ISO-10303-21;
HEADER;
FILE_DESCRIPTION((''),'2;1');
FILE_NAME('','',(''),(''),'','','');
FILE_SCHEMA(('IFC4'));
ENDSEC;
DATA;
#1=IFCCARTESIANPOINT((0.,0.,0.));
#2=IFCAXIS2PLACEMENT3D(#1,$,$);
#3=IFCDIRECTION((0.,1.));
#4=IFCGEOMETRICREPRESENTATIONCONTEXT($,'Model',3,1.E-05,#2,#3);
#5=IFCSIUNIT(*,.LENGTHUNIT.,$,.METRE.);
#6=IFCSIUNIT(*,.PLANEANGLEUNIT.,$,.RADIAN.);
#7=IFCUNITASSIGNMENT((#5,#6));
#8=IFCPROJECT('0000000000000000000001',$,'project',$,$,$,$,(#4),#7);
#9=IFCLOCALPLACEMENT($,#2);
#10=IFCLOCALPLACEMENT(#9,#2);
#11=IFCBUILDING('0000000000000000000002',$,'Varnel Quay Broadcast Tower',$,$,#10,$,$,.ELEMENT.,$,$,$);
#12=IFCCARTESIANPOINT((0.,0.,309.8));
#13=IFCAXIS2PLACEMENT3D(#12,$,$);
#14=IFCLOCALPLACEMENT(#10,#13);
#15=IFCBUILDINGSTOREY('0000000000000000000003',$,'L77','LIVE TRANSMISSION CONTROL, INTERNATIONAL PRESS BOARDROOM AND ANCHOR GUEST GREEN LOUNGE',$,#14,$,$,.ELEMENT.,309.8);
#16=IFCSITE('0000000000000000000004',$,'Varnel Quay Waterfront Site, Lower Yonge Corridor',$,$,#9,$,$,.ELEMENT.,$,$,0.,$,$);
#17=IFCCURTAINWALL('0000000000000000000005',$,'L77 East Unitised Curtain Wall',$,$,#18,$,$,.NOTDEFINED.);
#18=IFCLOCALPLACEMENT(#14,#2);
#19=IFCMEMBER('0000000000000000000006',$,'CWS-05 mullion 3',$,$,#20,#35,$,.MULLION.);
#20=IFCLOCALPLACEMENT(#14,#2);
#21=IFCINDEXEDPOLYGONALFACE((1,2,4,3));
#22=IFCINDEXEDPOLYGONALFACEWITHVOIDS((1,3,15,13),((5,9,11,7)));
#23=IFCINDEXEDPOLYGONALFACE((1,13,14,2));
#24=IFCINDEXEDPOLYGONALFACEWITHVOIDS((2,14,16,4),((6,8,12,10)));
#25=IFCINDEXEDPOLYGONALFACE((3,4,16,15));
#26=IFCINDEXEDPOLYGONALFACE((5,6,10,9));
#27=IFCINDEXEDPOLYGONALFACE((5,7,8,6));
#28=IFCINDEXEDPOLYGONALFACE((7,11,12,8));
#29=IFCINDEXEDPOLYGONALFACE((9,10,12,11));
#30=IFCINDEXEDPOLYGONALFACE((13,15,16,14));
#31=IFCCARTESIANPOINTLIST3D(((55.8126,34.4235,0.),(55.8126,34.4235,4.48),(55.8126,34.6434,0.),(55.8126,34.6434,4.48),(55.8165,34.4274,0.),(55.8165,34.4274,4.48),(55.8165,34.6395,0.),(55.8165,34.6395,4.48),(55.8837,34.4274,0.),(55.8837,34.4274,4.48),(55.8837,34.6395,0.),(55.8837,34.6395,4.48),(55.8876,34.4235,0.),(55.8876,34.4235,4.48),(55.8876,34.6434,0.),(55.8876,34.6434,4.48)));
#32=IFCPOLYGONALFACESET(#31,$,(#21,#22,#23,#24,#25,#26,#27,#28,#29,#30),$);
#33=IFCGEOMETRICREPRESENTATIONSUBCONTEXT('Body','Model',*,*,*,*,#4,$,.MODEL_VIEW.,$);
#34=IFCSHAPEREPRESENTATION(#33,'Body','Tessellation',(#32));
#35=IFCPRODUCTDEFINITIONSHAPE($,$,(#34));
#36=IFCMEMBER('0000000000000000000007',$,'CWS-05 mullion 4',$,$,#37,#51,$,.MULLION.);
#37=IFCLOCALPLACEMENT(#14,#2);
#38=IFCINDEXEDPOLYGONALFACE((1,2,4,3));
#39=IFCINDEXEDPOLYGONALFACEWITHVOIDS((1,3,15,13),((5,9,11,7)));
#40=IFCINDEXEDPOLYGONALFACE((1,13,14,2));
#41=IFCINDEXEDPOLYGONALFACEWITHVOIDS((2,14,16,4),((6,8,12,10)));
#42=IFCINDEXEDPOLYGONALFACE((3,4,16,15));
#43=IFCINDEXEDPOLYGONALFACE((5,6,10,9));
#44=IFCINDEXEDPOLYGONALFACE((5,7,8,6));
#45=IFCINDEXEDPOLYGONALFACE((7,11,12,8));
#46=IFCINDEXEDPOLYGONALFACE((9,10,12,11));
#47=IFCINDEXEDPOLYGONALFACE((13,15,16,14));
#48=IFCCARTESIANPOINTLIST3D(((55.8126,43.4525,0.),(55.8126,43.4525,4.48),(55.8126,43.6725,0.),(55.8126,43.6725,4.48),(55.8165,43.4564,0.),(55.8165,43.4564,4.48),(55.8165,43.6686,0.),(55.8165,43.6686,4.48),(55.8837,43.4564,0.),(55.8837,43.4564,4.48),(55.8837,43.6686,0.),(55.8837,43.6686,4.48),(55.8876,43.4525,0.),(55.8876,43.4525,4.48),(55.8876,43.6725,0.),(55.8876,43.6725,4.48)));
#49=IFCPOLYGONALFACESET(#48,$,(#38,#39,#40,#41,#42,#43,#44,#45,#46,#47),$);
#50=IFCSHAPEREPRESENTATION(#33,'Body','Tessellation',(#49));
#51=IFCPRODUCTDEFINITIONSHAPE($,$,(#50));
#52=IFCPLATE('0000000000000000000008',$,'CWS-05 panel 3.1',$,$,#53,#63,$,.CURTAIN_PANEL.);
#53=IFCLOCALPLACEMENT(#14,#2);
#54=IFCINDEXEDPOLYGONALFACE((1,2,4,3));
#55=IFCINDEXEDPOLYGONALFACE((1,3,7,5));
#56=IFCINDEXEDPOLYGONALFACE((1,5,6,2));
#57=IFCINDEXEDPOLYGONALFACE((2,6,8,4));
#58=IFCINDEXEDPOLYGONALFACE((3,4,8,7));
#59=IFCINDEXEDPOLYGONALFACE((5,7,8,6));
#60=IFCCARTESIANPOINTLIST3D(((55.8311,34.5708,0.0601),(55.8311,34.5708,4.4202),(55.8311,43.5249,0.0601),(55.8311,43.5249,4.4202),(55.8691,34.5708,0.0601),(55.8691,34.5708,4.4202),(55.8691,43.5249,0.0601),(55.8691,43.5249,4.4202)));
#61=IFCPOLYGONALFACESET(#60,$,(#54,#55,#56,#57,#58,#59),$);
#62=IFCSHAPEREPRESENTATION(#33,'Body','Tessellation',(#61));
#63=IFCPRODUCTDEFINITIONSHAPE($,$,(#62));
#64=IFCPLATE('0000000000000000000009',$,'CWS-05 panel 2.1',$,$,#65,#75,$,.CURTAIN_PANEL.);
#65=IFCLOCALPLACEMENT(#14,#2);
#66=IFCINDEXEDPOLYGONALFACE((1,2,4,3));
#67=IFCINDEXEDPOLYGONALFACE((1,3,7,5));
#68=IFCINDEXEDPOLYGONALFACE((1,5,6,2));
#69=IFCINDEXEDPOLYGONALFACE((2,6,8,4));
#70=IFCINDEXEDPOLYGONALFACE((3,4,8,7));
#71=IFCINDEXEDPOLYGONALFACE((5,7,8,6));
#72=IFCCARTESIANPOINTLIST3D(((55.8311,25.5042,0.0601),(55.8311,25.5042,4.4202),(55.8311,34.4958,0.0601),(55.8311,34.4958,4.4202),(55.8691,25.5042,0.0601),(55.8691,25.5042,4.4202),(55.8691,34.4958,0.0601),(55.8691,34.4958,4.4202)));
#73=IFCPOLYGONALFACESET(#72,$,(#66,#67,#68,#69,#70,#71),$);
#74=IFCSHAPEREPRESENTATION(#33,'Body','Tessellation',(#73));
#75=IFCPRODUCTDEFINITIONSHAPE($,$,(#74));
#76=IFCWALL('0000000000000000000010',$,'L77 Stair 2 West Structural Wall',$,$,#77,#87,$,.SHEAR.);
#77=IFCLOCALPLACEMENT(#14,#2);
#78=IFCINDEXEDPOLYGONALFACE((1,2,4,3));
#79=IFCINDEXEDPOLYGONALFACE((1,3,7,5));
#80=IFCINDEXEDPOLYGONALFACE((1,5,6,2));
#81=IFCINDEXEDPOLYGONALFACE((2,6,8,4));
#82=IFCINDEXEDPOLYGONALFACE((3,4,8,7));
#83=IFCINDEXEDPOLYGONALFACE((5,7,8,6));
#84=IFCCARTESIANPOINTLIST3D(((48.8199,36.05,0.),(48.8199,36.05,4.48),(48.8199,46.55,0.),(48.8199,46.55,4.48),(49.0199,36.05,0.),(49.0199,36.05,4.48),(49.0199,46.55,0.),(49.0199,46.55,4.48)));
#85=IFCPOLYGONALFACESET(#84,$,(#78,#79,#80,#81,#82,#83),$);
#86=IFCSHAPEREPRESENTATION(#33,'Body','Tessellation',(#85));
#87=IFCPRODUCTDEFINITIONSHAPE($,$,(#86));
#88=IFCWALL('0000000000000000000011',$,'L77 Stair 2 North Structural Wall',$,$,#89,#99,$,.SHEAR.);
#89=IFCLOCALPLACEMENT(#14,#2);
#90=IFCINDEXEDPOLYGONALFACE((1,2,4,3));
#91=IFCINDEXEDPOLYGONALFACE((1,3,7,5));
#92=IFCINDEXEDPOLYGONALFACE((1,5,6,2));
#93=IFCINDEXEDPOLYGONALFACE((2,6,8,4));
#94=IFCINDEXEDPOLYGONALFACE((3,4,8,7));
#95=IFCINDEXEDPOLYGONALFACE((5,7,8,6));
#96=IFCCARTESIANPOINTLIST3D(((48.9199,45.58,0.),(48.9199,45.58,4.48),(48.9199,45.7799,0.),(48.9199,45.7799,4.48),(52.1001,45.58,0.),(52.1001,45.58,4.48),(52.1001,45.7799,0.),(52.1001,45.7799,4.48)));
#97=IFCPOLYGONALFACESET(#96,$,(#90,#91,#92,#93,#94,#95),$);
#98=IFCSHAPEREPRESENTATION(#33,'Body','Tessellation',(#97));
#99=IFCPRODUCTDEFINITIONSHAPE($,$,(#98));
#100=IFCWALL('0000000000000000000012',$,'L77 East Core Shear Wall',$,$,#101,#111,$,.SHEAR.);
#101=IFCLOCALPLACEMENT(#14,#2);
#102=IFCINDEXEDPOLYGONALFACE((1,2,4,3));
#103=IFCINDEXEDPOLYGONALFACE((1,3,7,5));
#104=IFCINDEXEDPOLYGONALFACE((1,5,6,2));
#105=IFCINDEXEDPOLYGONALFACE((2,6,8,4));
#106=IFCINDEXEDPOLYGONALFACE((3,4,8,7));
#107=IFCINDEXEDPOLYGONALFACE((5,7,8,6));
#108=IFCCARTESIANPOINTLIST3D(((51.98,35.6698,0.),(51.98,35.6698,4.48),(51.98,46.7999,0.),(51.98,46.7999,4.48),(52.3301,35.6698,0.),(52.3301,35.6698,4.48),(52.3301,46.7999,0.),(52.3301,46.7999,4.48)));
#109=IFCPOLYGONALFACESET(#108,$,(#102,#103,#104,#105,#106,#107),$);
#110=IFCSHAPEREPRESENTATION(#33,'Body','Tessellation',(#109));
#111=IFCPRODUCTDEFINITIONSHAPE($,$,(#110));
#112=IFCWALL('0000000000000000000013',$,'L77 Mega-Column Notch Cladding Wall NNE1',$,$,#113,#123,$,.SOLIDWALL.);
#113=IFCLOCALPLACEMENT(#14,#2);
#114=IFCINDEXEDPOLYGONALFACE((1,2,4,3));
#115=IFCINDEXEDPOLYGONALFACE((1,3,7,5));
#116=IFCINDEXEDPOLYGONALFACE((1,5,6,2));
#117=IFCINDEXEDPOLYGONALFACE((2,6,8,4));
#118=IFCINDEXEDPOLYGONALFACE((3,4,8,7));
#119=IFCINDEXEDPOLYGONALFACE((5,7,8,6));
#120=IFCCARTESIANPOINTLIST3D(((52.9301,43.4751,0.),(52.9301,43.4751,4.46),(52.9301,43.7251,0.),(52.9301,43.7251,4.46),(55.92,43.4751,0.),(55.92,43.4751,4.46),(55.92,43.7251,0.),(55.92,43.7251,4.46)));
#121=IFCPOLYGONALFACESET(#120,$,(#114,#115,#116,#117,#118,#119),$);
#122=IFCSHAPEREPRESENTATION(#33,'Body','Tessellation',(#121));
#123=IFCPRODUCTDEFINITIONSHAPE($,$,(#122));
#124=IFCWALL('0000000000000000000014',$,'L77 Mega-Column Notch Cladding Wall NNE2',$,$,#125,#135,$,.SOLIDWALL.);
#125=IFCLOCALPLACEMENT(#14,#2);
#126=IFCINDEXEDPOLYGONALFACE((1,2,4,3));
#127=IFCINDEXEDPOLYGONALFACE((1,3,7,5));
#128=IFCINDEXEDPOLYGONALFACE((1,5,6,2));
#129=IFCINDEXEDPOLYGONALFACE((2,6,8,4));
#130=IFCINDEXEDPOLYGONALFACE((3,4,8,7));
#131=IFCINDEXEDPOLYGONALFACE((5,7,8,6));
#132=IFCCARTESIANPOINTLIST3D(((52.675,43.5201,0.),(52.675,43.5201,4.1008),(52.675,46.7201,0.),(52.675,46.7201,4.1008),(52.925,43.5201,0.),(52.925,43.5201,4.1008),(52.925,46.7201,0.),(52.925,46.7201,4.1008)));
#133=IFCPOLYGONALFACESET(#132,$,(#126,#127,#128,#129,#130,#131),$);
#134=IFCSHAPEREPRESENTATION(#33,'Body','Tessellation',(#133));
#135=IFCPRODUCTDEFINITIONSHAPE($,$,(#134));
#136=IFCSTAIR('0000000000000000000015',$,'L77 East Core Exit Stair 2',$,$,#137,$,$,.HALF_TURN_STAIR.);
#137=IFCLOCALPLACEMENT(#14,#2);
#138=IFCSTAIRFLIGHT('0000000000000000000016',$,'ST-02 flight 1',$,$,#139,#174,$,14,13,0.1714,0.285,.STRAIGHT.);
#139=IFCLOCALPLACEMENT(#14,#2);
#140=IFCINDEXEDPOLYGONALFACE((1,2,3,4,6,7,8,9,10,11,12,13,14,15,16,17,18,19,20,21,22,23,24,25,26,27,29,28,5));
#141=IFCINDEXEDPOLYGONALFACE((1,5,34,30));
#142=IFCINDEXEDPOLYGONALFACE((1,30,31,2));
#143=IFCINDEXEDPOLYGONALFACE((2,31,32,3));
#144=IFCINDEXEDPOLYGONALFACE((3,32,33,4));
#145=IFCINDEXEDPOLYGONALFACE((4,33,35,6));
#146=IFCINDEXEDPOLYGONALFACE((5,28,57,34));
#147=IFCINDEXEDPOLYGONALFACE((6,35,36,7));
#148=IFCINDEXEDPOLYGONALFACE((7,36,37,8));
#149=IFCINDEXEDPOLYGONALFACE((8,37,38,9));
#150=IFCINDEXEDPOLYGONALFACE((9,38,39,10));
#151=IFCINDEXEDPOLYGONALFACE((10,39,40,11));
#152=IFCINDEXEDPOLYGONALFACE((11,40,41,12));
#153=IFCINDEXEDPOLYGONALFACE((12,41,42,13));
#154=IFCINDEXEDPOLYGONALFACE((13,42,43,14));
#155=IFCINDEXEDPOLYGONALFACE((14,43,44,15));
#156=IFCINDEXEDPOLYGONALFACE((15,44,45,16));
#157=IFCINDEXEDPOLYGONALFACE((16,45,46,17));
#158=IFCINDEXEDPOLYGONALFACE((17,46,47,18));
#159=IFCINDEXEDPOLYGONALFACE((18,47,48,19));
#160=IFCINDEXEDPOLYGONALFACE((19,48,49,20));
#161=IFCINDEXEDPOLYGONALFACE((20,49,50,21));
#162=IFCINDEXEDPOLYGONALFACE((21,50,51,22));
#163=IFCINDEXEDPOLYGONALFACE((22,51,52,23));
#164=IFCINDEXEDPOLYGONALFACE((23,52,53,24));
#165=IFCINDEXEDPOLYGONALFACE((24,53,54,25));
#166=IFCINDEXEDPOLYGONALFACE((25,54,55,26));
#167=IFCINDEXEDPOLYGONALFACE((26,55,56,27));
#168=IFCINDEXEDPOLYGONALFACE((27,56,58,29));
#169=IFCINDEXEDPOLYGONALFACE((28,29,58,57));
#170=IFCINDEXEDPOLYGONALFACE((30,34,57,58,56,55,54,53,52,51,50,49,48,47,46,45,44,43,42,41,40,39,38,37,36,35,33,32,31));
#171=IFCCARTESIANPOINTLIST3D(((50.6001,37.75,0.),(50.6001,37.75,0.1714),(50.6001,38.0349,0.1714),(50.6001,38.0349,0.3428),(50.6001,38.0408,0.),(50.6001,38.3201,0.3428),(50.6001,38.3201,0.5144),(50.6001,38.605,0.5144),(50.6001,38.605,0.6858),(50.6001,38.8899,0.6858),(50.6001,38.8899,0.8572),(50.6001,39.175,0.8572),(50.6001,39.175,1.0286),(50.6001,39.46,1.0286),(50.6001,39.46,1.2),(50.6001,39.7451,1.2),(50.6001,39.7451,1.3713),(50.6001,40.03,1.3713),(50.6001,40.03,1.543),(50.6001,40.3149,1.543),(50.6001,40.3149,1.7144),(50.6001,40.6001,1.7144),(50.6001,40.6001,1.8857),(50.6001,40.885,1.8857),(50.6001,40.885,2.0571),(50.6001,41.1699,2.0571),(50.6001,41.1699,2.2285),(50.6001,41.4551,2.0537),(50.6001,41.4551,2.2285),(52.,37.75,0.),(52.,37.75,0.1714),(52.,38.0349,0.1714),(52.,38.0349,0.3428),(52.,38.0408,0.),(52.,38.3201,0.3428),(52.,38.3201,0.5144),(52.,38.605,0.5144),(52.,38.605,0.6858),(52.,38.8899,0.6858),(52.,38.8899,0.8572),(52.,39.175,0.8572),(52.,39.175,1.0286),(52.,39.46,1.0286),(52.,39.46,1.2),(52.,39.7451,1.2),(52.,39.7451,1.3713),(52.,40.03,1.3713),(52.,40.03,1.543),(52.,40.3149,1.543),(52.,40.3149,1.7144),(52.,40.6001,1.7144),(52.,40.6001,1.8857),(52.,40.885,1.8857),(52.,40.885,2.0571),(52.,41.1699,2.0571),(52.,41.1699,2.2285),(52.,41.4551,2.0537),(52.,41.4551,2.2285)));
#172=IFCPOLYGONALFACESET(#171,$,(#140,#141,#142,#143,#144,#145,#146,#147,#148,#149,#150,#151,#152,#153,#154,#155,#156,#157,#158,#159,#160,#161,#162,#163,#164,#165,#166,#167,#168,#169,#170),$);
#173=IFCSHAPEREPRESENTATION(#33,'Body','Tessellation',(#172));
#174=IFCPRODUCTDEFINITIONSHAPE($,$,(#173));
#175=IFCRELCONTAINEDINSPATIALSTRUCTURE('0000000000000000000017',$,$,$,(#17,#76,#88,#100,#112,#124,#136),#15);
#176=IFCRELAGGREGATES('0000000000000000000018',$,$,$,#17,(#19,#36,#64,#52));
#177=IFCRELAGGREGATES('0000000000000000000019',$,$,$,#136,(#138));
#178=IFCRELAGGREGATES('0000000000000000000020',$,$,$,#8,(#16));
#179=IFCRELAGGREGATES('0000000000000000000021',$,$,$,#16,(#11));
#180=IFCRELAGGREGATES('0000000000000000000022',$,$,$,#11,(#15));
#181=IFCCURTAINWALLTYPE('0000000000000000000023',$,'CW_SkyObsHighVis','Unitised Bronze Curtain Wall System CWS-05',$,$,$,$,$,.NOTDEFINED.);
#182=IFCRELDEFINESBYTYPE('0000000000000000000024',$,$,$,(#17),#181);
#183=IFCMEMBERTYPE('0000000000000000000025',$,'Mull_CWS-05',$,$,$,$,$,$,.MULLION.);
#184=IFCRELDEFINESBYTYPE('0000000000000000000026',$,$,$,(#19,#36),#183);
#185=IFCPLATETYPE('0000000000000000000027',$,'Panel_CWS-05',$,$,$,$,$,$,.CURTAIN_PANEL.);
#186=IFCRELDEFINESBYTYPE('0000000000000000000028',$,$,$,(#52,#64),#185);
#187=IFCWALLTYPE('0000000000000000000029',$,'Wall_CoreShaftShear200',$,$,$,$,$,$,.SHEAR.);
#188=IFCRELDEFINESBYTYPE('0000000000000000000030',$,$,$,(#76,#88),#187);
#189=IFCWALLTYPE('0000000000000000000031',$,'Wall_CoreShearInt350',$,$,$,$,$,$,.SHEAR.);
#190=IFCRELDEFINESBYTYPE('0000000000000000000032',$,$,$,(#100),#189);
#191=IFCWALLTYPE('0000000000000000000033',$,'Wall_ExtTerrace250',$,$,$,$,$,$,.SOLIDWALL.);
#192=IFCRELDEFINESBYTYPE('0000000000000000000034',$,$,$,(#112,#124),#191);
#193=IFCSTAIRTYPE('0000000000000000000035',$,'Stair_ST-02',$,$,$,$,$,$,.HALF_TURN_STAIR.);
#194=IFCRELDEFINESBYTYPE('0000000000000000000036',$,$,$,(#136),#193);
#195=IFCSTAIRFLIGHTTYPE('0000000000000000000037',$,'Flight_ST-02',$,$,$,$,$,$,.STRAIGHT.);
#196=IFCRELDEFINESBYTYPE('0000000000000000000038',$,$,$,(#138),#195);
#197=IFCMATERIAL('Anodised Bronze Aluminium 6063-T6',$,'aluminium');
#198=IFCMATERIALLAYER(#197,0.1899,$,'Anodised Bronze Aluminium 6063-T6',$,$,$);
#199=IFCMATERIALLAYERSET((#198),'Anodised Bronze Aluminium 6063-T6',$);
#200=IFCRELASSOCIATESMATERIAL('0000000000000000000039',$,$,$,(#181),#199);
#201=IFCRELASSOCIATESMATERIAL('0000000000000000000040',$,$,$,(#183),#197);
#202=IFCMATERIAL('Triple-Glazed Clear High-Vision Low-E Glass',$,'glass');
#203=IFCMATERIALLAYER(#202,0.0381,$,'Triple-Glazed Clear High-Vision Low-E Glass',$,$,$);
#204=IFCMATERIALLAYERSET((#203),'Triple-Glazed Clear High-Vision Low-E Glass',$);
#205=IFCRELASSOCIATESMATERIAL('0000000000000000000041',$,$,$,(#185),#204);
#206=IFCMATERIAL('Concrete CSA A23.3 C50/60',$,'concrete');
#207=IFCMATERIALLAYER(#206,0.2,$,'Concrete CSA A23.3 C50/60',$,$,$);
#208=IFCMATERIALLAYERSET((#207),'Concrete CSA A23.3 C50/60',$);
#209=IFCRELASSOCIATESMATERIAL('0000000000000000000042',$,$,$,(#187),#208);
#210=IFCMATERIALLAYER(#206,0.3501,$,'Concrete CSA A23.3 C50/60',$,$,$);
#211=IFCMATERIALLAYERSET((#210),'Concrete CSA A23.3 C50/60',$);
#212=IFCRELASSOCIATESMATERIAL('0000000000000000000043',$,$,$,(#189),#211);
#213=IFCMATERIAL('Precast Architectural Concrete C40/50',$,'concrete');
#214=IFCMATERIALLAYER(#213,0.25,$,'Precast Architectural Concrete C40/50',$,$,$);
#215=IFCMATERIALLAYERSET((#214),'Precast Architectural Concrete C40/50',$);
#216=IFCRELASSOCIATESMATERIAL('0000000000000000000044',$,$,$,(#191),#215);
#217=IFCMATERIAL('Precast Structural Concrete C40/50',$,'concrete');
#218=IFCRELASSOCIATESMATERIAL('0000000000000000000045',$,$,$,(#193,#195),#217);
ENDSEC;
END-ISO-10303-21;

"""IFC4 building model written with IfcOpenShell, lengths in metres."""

from ifc_helpers import new_model, si_unit, direction, frame, frame_2d, origin, origin_2d, place, context, subcontext, project, spatial, polyline, rectangle, hollow_rectangle, outline, extrude, source, transform, mapped, material, layer, layer_set, material_profile, profile_set, type_object, type_shapes, element, aggregate, save


model = new_model("IFC4")

# Units and contexts
model_context = context("Model", 3, precision=1e-05, world=origin(), true_north=direction((0.0, 1.0)))
body_context = subcontext(model_context, "Body", "Model", "MODEL_VIEW")
ifc_project = project(units=[si_unit("LENGTHUNIT", "METRE"), si_unit("PLANEANGLEUNIT", "RADIAN")], contexts=[model_context])

# Site, building, storey
site_placement = place(None, origin())
site = spatial("IfcSite", under=ifc_project, at=site_placement, Name="Varnel Quay Waterfront Site, Lower Yonge Corridor", CompositionType="ELEMENT", RefElevation=0.0)
building_placement = place(site_placement, origin())
building = spatial("IfcBuilding", under=site, at=building_placement, Name="Varnel Quay Broadcast Tower", CompositionType="ELEMENT")
storey_placement = place(building_placement, frame((0.0, 0.0, 309.8)))
storey = spatial("IfcBuildingStorey", under=building, at=storey_placement, Name="L77", Description="LIVE TRANSMISSION CONTROL, INTERNATIONAL PRESS BOARDROOM AND ANCHOR GUEST GREEN LOUNGE", CompositionType="ELEMENT", Elevation=309.8)

# Curtain wall, members, plates
ifc_material_1 = material(Name="Anodised Bronze Aluminium 6063-T6", Category="aluminium")
ifc_layer_1 = layer(ifc_material_1, 0.1899, Name="Anodised Bronze Aluminium 6063-T6")
ifc_layer_set_1 = layer_set([ifc_layer_1], Name="Anodised Bronze Aluminium 6063-T6")
curtain_wall_type = type_object("IfcCurtainWallType", Name="CW_SkyObsHighVis", Description="Unitised Bronze Curtain Wall System CWS-05", PredefinedType="NOTDEFINED", material=ifc_layer_set_1)
curtain_wall_placement = place(storey_placement, origin())
curtain_wall = element("IfcCurtainWall", 1, at=curtain_wall_placement, inside=storey, type_object=curtain_wall_type, Name="L77 East Unitised Curtain Wall", PredefinedType="NOTDEFINED")
ifc_material_profile_1 = material_profile(ifc_material_1, hollow_rectangle(XDim=0.075, YDim=0.22, WallThickness=0.0039, at=origin_2d()), Name="ALU75X220X4")
ifc_profile_set_1 = profile_set([ifc_material_profile_1], Name="Anodised Bronze Aluminium 6063-T6")
member_type_1 = type_object("IfcMemberType", Name="Mull_CWS-05", PredefinedType="MULLION", material=ifc_profile_set_1)
shared_shape_1 = source(origin(), body_context, "Body", "SweptSolid", [
    extrude(hollow_rectangle(XDim=0.075, YDim=0.22, WallThickness=0.0039, at=origin_2d()), origin(), (0.0, 0.0, 1.0), 4.48),
])
type_shapes(member_type_1, [shared_shape_1])
member_1_placement = place(storey_placement, frame((55.8501, 34.5334, 0.0), z_axis=(0.0, 0.0, 1.0), x_axis=(-1.0, 0.0, 0.0)))
member_1 = element("IfcMember", 2, at=member_1_placement, type_object=member_type_1, Name="CWS-05 mullion 3", PredefinedType="MULLION", context=body_context, shape_type="MappedRepresentation", body=[
    mapped(shared_shape_1, transform((0.0, 0.0, 0.0), x_axis=(1.0, 0.0, 0.0), y_axis=(0.0, 1.0, 0.0), z_axis=(0.0, 0.0, 1.0), scale=1.0)),
])
member_2_placement = place(storey_placement, frame((55.8501, 43.5625, 0.0), z_axis=(0.0, 0.0, 1.0), x_axis=(-1.0, 0.0, 0.0)))
member_2 = element("IfcMember", 3, at=member_2_placement, type_object=member_type_1, Name="CWS-05 mullion 4", PredefinedType="MULLION", context=body_context, shape_type="MappedRepresentation", body=[
    mapped(shared_shape_1, transform((0.0, 0.0, 0.0), x_axis=(1.0, 0.0, 0.0), y_axis=(0.0, 1.0, 0.0), z_axis=(0.0, 0.0, 1.0), scale=1.0)),
])
ifc_material_2 = material(Name="Triple-Glazed Clear High-Vision Low-E Glass", Category="glass")
ifc_layer_2 = layer(ifc_material_2, 0.0381, Name="Triple-Glazed Clear High-Vision Low-E Glass")
ifc_layer_set_2 = layer_set([ifc_layer_2], Name="Triple-Glazed Clear High-Vision Low-E Glass")
plate_type = type_object("IfcPlateType", Name="Panel_CWS-05", PredefinedType="CURTAIN_PANEL", material=ifc_layer_set_2)
shared_shape_2 = source(origin(), body_context, "Body", "SweptSolid", [
    extrude(rectangle(XDim=8.9541, YDim=0.0381, at=origin_2d()), origin(), (0.0, 0.0, 1.0), 4.3601),
])
plate_1_placement = place(storey_placement, frame((55.8501, 39.0479, 0.0601), z_axis=(0.0, 0.0, 1.0), x_axis=(0.0, 1.0, 0.0)))
plate_1 = element("IfcPlate", 4, at=plate_1_placement, type_object=plate_type, Name="CWS-05 panel 3.1", PredefinedType="CURTAIN_PANEL", context=body_context, shape_type="MappedRepresentation", body=[
    mapped(shared_shape_2, transform((0.0, 0.0, 0.0), x_axis=(1.0, 0.0, 0.0), y_axis=(0.0, 1.0, 0.0), z_axis=(0.0, 0.0, 1.0), scale=1.0)),
])
shared_shape_3 = source(origin(), body_context, "Body", "SweptSolid", [
    extrude(rectangle(XDim=8.9917, YDim=0.0381, at=origin_2d()), origin(), (0.0, 0.0, 1.0), 4.3601),
])
type_shapes(plate_type, [shared_shape_2, shared_shape_3])
plate_2_placement = place(storey_placement, frame((55.8501, 30.0, 0.0601), z_axis=(0.0, 0.0, 1.0), x_axis=(0.0, 1.0, 0.0)))
plate_2 = element("IfcPlate", 5, at=plate_2_placement, type_object=plate_type, Name="CWS-05 panel 2.1", PredefinedType="CURTAIN_PANEL", context=body_context, shape_type="MappedRepresentation", body=[
    mapped(shared_shape_3, transform((0.0, 0.0, 0.0), x_axis=(1.0, 0.0, 0.0), y_axis=(0.0, 1.0, 0.0), z_axis=(0.0, 0.0, 1.0), scale=1.0)),
])
aggregate(curtain_wall, [member_1, member_2, plate_2, plate_1])

# Walls
ifc_material_3 = material(Name="Concrete CSA A23.3 C50/60", Category="concrete")
ifc_layer_3 = layer(ifc_material_3, 0.2, Name="Concrete CSA A23.3 C50/60")
ifc_layer_set_3 = layer_set([ifc_layer_3], Name="Concrete CSA A23.3 C50/60")
wall_type_1 = type_object("IfcWallType", Name="Wall_CoreShaftShear200", PredefinedType="SHEAR", material=ifc_layer_set_3)
wall_1_placement = place(storey_placement, frame((48.9199, 36.05, 0.0), z_axis=(0.0, 0.0, 1.0), x_axis=(0.0, 1.0, 0.0)))
element("IfcWall", 6, at=wall_1_placement, inside=storey, type_object=wall_type_1, Name="L77 Stair 2 West Structural Wall", PredefinedType="SHEAR", context=body_context, shape_type="SweptSolid", body=[
    extrude(rectangle(XDim=10.5, YDim=0.2, at=frame_2d((5.25, 0.0))), origin(), (0.0, 0.0, 1.0), 4.48),
])
wall_2_placement = place(storey_placement, frame((48.9199, 45.6799, 0.0), z_axis=(0.0, 0.0, 1.0), x_axis=(1.0, 0.0, 0.0)))
element("IfcWall", 7, at=wall_2_placement, inside=storey, type_object=wall_type_1, Name="L77 Stair 2 North Structural Wall", PredefinedType="SHEAR", context=body_context, shape_type="SweptSolid", body=[
    extrude(rectangle(XDim=3.1802, YDim=0.2, at=frame_2d((1.5901, 0.0))), origin(), (0.0, 0.0, 1.0), 4.48),
])
ifc_layer_4 = layer(ifc_material_3, 0.3501, Name="Concrete CSA A23.3 C50/60")
ifc_layer_set_4 = layer_set([ifc_layer_4], Name="Concrete CSA A23.3 C50/60")
wall_type_2 = type_object("IfcWallType", Name="Wall_CoreShearInt350", PredefinedType="SHEAR", material=ifc_layer_set_4)
wall_3_placement = place(storey_placement, frame((52.155, 35.6699, 0.0), z_axis=(0.0, 0.0, 1.0), x_axis=(0.0, 1.0, 0.0)))
element("IfcWall", 8, at=wall_3_placement, inside=storey, type_object=wall_type_2, Name="L77 East Core Shear Wall", PredefinedType="SHEAR", context=body_context, shape_type="SweptSolid", body=[
    extrude(rectangle(XDim=11.1301, YDim=0.3501, at=frame_2d((5.5649, 0.0))), origin(), (0.0, 0.0, 1.0), 4.48),
])
ifc_material_4 = material(Name="Precast Architectural Concrete C40/50", Category="concrete")
ifc_layer_5 = layer(ifc_material_4, 0.25, Name="Precast Architectural Concrete C40/50")
ifc_layer_set_5 = layer_set([ifc_layer_5], Name="Precast Architectural Concrete C40/50")
wall_type_3 = type_object("IfcWallType", Name="Wall_ExtTerrace250", PredefinedType="SOLIDWALL", material=ifc_layer_set_5)
wall_4_placement = place(storey_placement, frame((52.9299, 43.6001, 0.0), z_axis=(0.0, 0.0, 1.0), x_axis=(1.0, 0.0, 0.0)))
element("IfcWall", 9, at=wall_4_placement, inside=storey, type_object=wall_type_3, Name="L77 Mega-Column Notch Cladding Wall NNE1", PredefinedType="SOLIDWALL", context=body_context, shape_type="SweptSolid", body=[
    extrude(rectangle(XDim=2.99, YDim=0.25, at=frame_2d((1.4951, 0.0))), origin(), (0.0, 0.0, 1.0), 4.46),
])
wall_5_placement = place(storey_placement, frame((52.8, 43.52, 0.0), z_axis=(0.0, 0.0, 1.0), x_axis=(0.0, 1.0, 0.0)))
element("IfcWall", 10, at=wall_5_placement, inside=storey, type_object=wall_type_3, Name="L77 Mega-Column Notch Cladding Wall NNE2", PredefinedType="SOLIDWALL", context=body_context, shape_type="SweptSolid", body=[
    extrude(rectangle(XDim=3.2, YDim=0.25, at=frame_2d((1.6001, 0.0))), origin(), (0.0, 0.0, 1.0), 4.1008),
])

# Stair, stair flight
ifc_material_5 = material(Name="Precast Structural Concrete C40/50", Category="concrete")
stair_type = type_object("IfcStairType", Name="Stair_ST-02", PredefinedType="HALF_TURN_STAIR", material=ifc_material_5)
stair_placement = place(storey_placement, origin())
stair = element("IfcStair", 11, at=stair_placement, inside=storey, type_object=stair_type, Name="L77 East Core Exit Stair 2", PredefinedType="HALF_TURN_STAIR")
stair_flight_type = type_object("IfcStairFlightType", Name="Flight_ST-02", PredefinedType="STRAIGHT", material=ifc_material_5)
stair_flight_1_placement = place(storey_placement, frame((51.3, 37.75, 0.0), z_axis=(0.0, 0.0, 1.0), x_axis=(0.0, 1.0, 0.0)))
stair_flight_1 = element("IfcStairFlight", 12, at=stair_flight_1_placement, type_object=stair_flight_type, Name="ST-02 flight 1", NumberOfRisers=14, NumberOfTreads=13, PredefinedType="STRAIGHT", RiserHeight=0.1714, TreadLength=0.285, context=body_context, shape_type="SweptSolid", body=[
    extrude(outline(polyline([(0.0, 0.0), (0.0, 0.1714), (0.2849, 0.1714), (0.2849, 0.3428), (0.5701, 0.3428), (0.5701, 0.5144), (0.855, 0.5144), (0.855, 0.6858), (1.1399, 0.6858), (1.1399, 0.8572), (1.425, 0.8572), (1.425, 1.0286), (1.71, 1.0286), (1.71, 1.2), (1.9951, 1.2), (1.9951, 1.3713), (2.28, 1.3713), (2.28, 1.543), (2.5649, 1.543), (2.5649, 1.7144), (2.8501, 1.7144), (2.8501, 1.8857), (3.135, 1.8857), (3.135, 2.0571), (3.4199, 2.0571), (3.4199, 2.2285), (3.7051, 2.2285), (3.7051, 2.3999), (3.7051, 2.0537), (0.2908, 0.0), (0.0, 0.0)])), frame((0.0, 0.7, 0.0), z_axis=(0.0, -1.0, 0.0), x_axis=(1.0, 0.0, 0.0)), (0.0, 0.0, 1.0), 1.3999),
])
aggregate(stair, [stair_flight_1])

save(model, "model.ifc")
